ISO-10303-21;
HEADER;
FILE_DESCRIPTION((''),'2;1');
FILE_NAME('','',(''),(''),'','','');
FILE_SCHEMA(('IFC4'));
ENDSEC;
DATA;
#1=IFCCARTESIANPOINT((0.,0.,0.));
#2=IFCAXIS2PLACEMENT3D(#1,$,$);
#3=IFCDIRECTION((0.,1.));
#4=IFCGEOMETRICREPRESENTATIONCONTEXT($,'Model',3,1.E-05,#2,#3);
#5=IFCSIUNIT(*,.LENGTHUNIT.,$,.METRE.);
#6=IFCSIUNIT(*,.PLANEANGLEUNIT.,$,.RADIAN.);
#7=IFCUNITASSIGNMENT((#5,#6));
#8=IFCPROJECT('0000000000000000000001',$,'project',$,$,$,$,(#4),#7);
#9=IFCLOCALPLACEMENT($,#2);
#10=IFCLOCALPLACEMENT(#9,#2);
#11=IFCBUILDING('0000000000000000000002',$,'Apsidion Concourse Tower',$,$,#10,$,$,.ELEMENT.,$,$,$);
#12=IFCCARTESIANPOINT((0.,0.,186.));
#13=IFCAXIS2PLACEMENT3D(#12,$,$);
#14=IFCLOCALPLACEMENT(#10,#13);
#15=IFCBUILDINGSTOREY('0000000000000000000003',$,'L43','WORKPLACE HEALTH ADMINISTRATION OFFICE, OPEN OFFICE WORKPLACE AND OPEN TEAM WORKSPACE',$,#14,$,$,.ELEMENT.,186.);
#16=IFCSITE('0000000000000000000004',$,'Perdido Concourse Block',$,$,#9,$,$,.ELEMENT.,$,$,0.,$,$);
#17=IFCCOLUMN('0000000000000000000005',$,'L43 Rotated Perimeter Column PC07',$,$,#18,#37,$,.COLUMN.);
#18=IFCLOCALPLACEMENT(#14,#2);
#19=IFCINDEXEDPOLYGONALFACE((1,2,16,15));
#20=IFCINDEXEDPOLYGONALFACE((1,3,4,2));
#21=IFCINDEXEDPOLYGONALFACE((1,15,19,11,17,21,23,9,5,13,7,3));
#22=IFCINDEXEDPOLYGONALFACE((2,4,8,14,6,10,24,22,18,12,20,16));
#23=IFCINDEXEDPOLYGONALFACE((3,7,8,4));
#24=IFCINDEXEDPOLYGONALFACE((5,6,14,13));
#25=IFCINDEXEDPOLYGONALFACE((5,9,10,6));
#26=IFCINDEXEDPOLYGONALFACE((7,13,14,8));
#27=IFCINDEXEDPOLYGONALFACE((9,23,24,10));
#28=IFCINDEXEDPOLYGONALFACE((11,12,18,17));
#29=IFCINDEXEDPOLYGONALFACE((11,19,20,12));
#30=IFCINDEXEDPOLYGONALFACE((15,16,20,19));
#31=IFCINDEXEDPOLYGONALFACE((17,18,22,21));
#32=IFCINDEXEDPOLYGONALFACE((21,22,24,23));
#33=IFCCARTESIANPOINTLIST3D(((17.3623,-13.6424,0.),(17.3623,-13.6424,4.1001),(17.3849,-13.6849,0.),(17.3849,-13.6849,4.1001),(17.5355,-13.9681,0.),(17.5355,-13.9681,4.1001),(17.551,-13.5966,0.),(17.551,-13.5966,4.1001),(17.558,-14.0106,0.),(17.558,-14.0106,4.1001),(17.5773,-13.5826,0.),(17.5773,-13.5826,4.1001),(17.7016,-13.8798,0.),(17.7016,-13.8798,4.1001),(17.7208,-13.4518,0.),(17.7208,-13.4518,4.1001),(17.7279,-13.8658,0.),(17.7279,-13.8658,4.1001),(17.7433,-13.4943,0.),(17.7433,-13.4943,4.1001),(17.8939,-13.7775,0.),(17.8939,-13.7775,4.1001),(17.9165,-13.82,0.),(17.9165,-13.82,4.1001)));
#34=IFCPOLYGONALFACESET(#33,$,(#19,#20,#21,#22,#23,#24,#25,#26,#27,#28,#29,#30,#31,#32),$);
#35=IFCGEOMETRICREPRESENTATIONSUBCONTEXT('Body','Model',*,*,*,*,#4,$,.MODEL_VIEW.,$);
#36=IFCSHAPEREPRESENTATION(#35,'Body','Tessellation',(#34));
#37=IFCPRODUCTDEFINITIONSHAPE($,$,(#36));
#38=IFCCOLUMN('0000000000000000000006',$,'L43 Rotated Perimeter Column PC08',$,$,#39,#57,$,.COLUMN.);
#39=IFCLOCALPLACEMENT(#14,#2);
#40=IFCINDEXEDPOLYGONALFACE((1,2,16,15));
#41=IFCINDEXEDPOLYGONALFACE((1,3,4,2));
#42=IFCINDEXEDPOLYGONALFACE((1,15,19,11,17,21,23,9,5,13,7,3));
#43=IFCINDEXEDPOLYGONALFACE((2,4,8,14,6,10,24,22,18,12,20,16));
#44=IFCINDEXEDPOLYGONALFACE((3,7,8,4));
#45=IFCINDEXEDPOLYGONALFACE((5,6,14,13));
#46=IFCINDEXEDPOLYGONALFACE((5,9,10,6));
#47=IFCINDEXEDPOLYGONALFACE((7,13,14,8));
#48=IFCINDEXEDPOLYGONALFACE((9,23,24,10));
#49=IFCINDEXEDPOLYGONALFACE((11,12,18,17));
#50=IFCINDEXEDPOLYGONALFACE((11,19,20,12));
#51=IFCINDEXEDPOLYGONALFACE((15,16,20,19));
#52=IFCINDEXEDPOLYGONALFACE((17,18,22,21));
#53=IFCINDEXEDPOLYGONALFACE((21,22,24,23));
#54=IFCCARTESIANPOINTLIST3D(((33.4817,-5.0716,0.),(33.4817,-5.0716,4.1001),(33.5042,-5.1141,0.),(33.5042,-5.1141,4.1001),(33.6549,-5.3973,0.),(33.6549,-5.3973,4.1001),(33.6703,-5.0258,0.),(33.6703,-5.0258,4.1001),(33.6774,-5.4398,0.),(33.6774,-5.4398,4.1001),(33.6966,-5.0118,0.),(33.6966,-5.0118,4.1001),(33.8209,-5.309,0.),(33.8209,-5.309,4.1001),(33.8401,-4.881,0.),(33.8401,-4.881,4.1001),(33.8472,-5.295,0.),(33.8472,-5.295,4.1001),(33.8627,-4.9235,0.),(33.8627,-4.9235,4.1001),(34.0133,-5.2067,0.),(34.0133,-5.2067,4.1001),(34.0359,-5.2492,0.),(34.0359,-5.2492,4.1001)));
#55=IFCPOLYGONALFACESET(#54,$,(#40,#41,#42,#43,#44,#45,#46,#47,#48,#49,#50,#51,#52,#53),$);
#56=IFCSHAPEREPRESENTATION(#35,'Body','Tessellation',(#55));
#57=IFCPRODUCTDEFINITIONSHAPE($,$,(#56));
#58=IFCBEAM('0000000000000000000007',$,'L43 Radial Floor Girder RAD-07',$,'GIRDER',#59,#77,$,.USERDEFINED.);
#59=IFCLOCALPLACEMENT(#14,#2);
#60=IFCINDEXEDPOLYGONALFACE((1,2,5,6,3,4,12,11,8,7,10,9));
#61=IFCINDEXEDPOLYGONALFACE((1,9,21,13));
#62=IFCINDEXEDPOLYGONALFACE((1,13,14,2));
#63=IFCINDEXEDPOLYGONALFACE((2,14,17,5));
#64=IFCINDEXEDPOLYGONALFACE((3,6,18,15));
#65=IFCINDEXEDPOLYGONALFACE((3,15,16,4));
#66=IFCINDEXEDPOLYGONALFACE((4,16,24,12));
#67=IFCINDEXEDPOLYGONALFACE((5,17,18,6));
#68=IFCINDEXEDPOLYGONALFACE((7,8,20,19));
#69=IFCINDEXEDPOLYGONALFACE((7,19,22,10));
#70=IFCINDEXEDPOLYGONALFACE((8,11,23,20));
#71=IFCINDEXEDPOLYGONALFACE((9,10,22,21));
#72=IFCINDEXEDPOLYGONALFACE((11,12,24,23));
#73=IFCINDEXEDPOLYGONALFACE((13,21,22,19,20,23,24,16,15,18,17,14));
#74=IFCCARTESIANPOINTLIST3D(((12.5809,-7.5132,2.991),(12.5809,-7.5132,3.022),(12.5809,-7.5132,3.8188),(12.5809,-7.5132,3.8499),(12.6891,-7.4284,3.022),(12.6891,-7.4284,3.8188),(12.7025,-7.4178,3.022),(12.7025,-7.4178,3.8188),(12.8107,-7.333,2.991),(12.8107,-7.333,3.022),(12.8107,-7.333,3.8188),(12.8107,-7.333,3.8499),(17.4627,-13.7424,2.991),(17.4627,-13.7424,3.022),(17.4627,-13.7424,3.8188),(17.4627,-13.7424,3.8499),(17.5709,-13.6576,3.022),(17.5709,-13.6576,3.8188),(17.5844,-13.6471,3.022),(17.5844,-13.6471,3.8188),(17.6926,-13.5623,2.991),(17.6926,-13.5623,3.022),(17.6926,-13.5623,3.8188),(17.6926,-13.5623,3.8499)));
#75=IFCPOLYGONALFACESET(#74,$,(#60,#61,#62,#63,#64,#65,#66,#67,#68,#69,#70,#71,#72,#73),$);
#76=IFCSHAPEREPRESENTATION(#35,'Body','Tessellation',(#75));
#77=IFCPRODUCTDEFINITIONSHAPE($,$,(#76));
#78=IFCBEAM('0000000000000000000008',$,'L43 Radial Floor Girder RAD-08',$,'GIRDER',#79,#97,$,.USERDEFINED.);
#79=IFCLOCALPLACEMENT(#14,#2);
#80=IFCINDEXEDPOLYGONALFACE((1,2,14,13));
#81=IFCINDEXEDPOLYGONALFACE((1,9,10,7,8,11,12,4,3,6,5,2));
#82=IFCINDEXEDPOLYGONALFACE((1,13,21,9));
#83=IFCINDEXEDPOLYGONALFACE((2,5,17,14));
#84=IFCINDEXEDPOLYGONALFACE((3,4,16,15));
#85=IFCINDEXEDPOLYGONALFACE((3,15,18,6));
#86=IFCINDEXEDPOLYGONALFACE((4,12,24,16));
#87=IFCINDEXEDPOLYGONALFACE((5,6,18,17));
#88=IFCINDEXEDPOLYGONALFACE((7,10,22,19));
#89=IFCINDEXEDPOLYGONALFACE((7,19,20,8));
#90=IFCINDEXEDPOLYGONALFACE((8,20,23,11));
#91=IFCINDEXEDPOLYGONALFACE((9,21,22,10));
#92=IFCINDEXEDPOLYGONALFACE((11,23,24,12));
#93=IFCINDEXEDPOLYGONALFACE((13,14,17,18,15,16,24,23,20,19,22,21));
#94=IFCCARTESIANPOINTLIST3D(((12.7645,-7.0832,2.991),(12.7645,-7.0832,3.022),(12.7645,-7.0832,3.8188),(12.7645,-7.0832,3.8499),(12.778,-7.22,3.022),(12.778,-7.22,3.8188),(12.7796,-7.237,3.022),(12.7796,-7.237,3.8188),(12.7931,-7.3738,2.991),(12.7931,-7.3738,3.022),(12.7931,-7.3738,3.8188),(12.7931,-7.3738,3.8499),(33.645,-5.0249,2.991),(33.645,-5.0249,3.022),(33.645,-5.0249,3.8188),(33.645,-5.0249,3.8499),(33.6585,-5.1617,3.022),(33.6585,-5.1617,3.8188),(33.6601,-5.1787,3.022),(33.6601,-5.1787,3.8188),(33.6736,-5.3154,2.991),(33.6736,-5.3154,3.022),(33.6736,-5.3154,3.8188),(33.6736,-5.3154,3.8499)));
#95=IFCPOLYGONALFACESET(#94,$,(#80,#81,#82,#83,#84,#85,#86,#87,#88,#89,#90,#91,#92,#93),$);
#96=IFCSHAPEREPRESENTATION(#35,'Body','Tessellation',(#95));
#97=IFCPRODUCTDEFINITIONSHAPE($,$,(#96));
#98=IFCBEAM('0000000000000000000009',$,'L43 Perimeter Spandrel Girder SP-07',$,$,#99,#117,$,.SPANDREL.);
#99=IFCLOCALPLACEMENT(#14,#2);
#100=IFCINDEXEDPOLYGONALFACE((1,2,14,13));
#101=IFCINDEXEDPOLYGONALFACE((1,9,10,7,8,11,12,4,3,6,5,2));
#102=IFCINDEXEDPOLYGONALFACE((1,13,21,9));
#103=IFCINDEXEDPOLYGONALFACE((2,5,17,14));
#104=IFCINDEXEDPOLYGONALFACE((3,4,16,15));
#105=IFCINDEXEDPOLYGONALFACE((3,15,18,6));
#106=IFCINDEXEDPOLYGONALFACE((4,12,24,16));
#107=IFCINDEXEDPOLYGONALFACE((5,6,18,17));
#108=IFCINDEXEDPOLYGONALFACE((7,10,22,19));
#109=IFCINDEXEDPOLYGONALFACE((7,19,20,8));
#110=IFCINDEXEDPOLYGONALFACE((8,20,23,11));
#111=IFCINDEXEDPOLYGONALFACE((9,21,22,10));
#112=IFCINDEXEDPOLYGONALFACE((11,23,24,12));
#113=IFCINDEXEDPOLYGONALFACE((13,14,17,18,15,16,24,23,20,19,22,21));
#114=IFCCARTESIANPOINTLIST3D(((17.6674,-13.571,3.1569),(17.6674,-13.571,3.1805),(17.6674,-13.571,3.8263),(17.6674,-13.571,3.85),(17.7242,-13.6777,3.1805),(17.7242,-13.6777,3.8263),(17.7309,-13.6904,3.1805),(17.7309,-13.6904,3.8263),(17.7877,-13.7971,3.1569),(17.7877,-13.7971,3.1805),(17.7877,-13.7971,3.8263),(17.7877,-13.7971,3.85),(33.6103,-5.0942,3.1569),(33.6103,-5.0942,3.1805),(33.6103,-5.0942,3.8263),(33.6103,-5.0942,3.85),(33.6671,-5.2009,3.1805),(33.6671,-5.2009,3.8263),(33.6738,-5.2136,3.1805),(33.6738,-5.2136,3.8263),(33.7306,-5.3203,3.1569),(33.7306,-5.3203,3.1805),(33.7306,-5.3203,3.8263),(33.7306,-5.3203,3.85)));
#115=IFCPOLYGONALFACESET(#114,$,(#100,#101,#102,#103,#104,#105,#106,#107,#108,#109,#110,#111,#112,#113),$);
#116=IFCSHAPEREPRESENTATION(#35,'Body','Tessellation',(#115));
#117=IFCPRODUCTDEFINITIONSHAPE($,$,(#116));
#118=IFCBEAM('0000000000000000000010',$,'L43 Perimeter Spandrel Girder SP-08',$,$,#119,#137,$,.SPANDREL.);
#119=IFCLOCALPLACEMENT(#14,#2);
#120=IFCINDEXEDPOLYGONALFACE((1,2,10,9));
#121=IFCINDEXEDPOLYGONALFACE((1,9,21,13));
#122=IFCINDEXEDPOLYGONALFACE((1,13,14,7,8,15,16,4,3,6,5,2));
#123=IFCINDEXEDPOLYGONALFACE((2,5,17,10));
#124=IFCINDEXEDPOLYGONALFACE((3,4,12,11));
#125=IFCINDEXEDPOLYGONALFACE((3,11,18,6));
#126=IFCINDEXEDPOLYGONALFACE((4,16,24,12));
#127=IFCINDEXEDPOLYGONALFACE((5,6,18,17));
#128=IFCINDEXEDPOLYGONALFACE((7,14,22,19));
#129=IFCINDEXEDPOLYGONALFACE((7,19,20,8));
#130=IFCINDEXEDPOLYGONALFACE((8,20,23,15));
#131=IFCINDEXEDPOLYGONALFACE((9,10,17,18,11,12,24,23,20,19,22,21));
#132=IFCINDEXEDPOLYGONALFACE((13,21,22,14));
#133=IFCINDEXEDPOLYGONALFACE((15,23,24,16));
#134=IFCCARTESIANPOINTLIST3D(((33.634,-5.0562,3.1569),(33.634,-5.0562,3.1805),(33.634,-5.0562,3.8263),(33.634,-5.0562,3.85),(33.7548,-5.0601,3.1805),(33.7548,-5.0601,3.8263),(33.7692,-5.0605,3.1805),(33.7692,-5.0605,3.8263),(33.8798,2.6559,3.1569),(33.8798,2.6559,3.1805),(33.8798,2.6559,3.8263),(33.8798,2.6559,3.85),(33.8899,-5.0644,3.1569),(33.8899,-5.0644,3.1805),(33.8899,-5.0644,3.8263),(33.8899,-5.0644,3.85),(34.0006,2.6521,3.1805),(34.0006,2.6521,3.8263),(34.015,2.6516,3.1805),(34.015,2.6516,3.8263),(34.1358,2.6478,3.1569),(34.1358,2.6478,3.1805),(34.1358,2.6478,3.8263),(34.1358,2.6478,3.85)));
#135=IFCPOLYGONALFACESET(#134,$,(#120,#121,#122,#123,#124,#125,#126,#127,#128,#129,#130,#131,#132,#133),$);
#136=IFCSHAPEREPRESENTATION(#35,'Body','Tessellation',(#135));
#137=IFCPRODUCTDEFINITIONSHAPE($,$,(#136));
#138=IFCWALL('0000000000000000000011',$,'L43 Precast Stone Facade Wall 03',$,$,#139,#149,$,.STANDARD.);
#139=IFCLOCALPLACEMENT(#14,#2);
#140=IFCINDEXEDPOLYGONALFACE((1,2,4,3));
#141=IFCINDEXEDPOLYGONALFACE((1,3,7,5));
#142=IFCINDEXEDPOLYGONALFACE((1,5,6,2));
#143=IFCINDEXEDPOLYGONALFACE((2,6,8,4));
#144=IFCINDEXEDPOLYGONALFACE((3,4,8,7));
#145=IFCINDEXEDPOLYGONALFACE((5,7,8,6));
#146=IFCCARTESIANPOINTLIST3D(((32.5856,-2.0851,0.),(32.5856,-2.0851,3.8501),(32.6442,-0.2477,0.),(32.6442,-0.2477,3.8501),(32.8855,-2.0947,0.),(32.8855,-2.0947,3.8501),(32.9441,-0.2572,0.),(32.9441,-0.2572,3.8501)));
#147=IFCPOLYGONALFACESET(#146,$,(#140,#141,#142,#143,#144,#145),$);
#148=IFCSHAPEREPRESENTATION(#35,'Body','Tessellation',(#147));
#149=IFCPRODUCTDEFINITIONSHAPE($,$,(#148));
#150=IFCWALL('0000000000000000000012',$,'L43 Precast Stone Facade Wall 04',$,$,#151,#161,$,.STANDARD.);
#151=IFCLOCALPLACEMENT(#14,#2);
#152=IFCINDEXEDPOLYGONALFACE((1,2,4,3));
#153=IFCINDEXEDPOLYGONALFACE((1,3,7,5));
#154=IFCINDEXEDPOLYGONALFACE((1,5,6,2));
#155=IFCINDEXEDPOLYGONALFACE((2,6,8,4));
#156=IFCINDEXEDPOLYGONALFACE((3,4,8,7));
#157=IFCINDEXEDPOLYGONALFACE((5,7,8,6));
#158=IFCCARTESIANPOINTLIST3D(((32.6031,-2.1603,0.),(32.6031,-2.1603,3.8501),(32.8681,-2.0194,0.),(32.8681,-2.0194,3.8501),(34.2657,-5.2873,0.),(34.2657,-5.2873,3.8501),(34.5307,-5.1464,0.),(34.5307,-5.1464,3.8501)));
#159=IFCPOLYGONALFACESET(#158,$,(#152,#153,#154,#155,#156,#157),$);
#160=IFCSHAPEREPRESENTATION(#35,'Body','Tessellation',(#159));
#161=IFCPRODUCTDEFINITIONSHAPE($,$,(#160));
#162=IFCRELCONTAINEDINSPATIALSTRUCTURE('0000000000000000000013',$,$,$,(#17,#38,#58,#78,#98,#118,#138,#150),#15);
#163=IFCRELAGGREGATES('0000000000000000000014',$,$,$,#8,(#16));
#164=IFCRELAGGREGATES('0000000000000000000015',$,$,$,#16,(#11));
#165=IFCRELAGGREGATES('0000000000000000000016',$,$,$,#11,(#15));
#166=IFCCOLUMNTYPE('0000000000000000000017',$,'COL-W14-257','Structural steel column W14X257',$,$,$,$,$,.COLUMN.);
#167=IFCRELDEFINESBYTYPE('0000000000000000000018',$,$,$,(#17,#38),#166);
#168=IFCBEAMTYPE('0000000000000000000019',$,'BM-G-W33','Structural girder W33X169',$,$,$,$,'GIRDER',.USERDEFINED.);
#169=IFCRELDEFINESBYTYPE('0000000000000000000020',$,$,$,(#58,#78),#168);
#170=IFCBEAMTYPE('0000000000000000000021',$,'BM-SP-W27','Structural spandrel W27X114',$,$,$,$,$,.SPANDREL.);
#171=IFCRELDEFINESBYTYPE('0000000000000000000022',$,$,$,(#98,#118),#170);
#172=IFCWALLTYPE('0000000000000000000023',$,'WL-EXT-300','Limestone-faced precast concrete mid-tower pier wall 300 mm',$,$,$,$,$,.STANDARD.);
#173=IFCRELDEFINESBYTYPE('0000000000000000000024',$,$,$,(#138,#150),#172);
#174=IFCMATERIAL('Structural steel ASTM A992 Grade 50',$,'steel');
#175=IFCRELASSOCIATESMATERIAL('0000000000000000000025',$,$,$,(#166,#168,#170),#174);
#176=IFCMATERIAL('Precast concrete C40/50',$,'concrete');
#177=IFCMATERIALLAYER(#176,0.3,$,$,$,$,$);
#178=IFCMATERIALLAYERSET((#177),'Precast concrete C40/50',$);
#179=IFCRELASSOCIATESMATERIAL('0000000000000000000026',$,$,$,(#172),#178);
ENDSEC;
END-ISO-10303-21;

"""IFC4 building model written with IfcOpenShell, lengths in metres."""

from ifc_helpers import new_model, si_unit, direction, frame, frame_2d, origin, origin_2d, place, context, subcontext, project, spatial, rectangle, i_section, extrude, material, layer, layer_set, material_profile, profile_set, type_object, element, save


model = new_model("IFC4")

# Units and contexts
model_context = context("Model", 3, precision=1e-05, world=origin(), true_north=direction((0.0, 1.0)))
body_context = subcontext(model_context, "Body", "Model", "MODEL_VIEW")
ifc_project = project(units=[si_unit("LENGTHUNIT", "METRE"), si_unit("PLANEANGLEUNIT", "RADIAN")], contexts=[model_context])

# Site, building, storey
site_placement = place(None, origin())
site = spatial("IfcSite", under=ifc_project, at=site_placement, Name="Perdido Concourse Block", CompositionType="ELEMENT", RefElevation=0.0)
building_placement = place(site_placement, origin())
building = spatial("IfcBuilding", under=site, at=building_placement, Name="Apsidion Concourse Tower", CompositionType="ELEMENT")
storey_placement = place(building_placement, frame((0.0, 0.0, 186.0)))
storey = spatial("IfcBuildingStorey", under=building, at=storey_placement, Name="L43", Description="WORKPLACE HEALTH ADMINISTRATION OFFICE, OPEN OFFICE WORKPLACE AND OPEN TEAM WORKSPACE", CompositionType="ELEMENT", Elevation=186.0)

# Columns
ifc_material_1 = material(Name="Structural steel ASTM A992 Grade 50", Category="steel")
ifc_material_profile_1 = material_profile(ifc_material_1, i_section(OverallWidth=0.406, OverallDepth=0.417, WebThickness=0.0298, FlangeThickness=0.0481, at=origin_2d()), Name="W14X257")
ifc_profile_set_1 = profile_set([ifc_material_profile_1], Name="Structural steel ASTM A992 Grade 50")
column_type = type_object("IfcColumnType", Name="COL-W14-257", Description="Structural steel column W14X257", PredefinedType="COLUMN", material=ifc_profile_set_1)
for number, where, z_axis, x_axis, name in (
    (1, (17.6394, -13.7312, 0.0), (0.0, 0.0, 1.0), (0.882948, 0.469472, 0.0), "L43 Rotated Perimeter Column PC07"),
    (2, (33.7588, -5.1604, 0.0), (0.0, 0.0, 1.0), (0.882948, 0.469472, 0.0), "L43 Rotated Perimeter Column PC08"),
):
    element("IfcColumn", number, at=place(storey_placement, frame(where, z_axis=z_axis, x_axis=x_axis)), inside=storey, type_object=column_type, Name=name, PredefinedType="COLUMN", context=body_context, shape_type="SweptSolid", body=[
        extrude(i_section(OverallWidth=0.406, OverallDepth=0.417, WebThickness=0.0298, FlangeThickness=0.0481, at=origin_2d()), origin(), (0.0, 0.0, 1.0), 4.1001),
    ])

# Beams
ifc_material_profile_2 = material_profile(ifc_material_1, i_section(OverallWidth=0.292, OverallDepth=0.8589, WebThickness=0.0171, FlangeThickness=0.031, at=origin_2d()), Name="W33X169")
ifc_profile_set_2 = profile_set([ifc_material_profile_2], Name="Structural steel ASTM A992 Grade 50")
beam_type_1 = type_object("IfcBeamType", Name="BM-G-W33", Description="Structural girder W33X169", ElementType="GIRDER", PredefinedType="USERDEFINED", material=ifc_profile_set_2)
beam_1_placement = place(storey_placement, frame((12.6958, -7.4231, 3.4204), z_axis=(0.616839, -0.78709, 0.0), x_axis=(0.78709, 0.616839, 0.0)))
element("IfcBeam", 3, at=beam_1_placement, inside=storey, type_object=beam_type_1, Name="L43 Radial Floor Girder RAD-07", ObjectType="GIRDER", PredefinedType="USERDEFINED", context=body_context, shape_type="SweptSolid", body=[
    extrude(i_section(OverallWidth=0.292, OverallDepth=0.8589, WebThickness=0.0171, FlangeThickness=0.031, at=origin_2d()), origin(), (0.0, 0.0, 1.0), 7.9143),
])
beam_2_placement = place(storey_placement, frame((12.7788, -7.2285, 3.4204), z_axis=(0.995176, 0.098103, 0.0), x_axis=(-0.098103, 0.995176, 0.0)))
element("IfcBeam", 4, at=beam_2_placement, inside=storey, type_object=beam_type_1, Name="L43 Radial Floor Girder RAD-08", ObjectType="GIRDER", PredefinedType="USERDEFINED", context=body_context, shape_type="SweptSolid", body=[
    extrude(i_section(OverallWidth=0.292, OverallDepth=0.8589, WebThickness=0.0171, FlangeThickness=0.031, at=origin_2d()), origin(), (0.0, 0.0, 1.0), 20.9817),
])
ifc_material_profile_3 = material_profile(ifc_material_1, i_section(OverallWidth=0.2561, OverallDepth=0.6931, WebThickness=0.0144, FlangeThickness=0.0237, at=origin_2d()), Name="W27X114")
ifc_profile_set_3 = profile_set([ifc_material_profile_3], Name="Structural steel ASTM A992 Grade 50")
beam_type_2 = type_object("IfcBeamType", Name="BM-SP-W27", Description="Structural spandrel W27X114", PredefinedType="SPANDREL", material=ifc_profile_set_3)
beam_3_placement = place(storey_placement, frame((17.7275, -13.6841, 3.5034), z_axis=(0.882951, 0.469464, 0.0), x_axis=(-0.469464, 0.882951, 0.0)))
element("IfcBeam", 5, at=beam_3_placement, inside=storey, type_object=beam_type_2, Name="L43 Perimeter Spandrel Girder SP-07", PredefinedType="SPANDREL", context=body_context, shape_type="SweptSolid", body=[
    extrude(i_section(OverallWidth=0.2561, OverallDepth=0.6931, WebThickness=0.0144, FlangeThickness=0.0237, at=origin_2d()), origin(), (0.0, 0.0, 1.0), 18.0564),
])
beam_4_placement = place(storey_placement, frame((33.762, -5.0603, 3.5034), z_axis=(0.031862, 0.999492, 0.0), x_axis=(-0.999492, 0.031862, 0.0)))
element("IfcBeam", 6, at=beam_4_placement, inside=storey, type_object=beam_type_2, Name="L43 Perimeter Spandrel Girder SP-08", PredefinedType="SPANDREL", context=body_context, shape_type="SweptSolid", body=[
    extrude(i_section(OverallWidth=0.2561, OverallDepth=0.6931, WebThickness=0.0144, FlangeThickness=0.0237, at=origin_2d()), origin(), (0.0, 0.0, 1.0), 7.7161),
])

# Walls
ifc_material_2 = material(Name="Precast concrete C40/50", Category="concrete")
ifc_layer_1 = layer(ifc_material_2, 0.3)
ifc_layer_set_1 = layer_set([ifc_layer_1], Name="Precast concrete C40/50")
wall_type_1 = type_object("IfcWallType", Name="WL-EXT-300", Description="Limestone-faced precast concrete mid-tower pier wall 300 mm", PredefinedType="STANDARD", material=ifc_layer_set_1)
wall_1_placement = place(storey_placement, frame((32.7942, -0.2524, 0.0), z_axis=(0.0, 0.0, 1.0), x_axis=(-0.031873, -0.999492, 0.0)))
element("IfcWall", 7, at=wall_1_placement, inside=storey, type_object=wall_type_1, Name="L43 Precast Stone Facade Wall 03", PredefinedType="STANDARD", context=body_context, shape_type="SweptSolid", body=[
    extrude(rectangle(XDim=1.8384, YDim=0.3, at=frame_2d((0.9192, 0.0))), origin(), (0.0, 0.0, 1.0), 3.8501),
])
wall_2_placement = place(storey_placement, frame((32.7356, -2.0898, 0.0), z_axis=(0.0, 0.0, 1.0), x_axis=(0.469464, -0.882951, 0.0)))
element("IfcWall", 8, at=wall_2_placement, inside=storey, type_object=wall_type_1, Name="L43 Precast Stone Facade Wall 04", PredefinedType="STANDARD", context=body_context, shape_type="SweptSolid", body=[
    extrude(rectangle(XDim=3.5415, YDim=0.3, at=frame_2d((1.7708, 0.0))), origin(), (0.0, 0.0, 1.0), 3.8501),
])

save(model, "model.ifc")
